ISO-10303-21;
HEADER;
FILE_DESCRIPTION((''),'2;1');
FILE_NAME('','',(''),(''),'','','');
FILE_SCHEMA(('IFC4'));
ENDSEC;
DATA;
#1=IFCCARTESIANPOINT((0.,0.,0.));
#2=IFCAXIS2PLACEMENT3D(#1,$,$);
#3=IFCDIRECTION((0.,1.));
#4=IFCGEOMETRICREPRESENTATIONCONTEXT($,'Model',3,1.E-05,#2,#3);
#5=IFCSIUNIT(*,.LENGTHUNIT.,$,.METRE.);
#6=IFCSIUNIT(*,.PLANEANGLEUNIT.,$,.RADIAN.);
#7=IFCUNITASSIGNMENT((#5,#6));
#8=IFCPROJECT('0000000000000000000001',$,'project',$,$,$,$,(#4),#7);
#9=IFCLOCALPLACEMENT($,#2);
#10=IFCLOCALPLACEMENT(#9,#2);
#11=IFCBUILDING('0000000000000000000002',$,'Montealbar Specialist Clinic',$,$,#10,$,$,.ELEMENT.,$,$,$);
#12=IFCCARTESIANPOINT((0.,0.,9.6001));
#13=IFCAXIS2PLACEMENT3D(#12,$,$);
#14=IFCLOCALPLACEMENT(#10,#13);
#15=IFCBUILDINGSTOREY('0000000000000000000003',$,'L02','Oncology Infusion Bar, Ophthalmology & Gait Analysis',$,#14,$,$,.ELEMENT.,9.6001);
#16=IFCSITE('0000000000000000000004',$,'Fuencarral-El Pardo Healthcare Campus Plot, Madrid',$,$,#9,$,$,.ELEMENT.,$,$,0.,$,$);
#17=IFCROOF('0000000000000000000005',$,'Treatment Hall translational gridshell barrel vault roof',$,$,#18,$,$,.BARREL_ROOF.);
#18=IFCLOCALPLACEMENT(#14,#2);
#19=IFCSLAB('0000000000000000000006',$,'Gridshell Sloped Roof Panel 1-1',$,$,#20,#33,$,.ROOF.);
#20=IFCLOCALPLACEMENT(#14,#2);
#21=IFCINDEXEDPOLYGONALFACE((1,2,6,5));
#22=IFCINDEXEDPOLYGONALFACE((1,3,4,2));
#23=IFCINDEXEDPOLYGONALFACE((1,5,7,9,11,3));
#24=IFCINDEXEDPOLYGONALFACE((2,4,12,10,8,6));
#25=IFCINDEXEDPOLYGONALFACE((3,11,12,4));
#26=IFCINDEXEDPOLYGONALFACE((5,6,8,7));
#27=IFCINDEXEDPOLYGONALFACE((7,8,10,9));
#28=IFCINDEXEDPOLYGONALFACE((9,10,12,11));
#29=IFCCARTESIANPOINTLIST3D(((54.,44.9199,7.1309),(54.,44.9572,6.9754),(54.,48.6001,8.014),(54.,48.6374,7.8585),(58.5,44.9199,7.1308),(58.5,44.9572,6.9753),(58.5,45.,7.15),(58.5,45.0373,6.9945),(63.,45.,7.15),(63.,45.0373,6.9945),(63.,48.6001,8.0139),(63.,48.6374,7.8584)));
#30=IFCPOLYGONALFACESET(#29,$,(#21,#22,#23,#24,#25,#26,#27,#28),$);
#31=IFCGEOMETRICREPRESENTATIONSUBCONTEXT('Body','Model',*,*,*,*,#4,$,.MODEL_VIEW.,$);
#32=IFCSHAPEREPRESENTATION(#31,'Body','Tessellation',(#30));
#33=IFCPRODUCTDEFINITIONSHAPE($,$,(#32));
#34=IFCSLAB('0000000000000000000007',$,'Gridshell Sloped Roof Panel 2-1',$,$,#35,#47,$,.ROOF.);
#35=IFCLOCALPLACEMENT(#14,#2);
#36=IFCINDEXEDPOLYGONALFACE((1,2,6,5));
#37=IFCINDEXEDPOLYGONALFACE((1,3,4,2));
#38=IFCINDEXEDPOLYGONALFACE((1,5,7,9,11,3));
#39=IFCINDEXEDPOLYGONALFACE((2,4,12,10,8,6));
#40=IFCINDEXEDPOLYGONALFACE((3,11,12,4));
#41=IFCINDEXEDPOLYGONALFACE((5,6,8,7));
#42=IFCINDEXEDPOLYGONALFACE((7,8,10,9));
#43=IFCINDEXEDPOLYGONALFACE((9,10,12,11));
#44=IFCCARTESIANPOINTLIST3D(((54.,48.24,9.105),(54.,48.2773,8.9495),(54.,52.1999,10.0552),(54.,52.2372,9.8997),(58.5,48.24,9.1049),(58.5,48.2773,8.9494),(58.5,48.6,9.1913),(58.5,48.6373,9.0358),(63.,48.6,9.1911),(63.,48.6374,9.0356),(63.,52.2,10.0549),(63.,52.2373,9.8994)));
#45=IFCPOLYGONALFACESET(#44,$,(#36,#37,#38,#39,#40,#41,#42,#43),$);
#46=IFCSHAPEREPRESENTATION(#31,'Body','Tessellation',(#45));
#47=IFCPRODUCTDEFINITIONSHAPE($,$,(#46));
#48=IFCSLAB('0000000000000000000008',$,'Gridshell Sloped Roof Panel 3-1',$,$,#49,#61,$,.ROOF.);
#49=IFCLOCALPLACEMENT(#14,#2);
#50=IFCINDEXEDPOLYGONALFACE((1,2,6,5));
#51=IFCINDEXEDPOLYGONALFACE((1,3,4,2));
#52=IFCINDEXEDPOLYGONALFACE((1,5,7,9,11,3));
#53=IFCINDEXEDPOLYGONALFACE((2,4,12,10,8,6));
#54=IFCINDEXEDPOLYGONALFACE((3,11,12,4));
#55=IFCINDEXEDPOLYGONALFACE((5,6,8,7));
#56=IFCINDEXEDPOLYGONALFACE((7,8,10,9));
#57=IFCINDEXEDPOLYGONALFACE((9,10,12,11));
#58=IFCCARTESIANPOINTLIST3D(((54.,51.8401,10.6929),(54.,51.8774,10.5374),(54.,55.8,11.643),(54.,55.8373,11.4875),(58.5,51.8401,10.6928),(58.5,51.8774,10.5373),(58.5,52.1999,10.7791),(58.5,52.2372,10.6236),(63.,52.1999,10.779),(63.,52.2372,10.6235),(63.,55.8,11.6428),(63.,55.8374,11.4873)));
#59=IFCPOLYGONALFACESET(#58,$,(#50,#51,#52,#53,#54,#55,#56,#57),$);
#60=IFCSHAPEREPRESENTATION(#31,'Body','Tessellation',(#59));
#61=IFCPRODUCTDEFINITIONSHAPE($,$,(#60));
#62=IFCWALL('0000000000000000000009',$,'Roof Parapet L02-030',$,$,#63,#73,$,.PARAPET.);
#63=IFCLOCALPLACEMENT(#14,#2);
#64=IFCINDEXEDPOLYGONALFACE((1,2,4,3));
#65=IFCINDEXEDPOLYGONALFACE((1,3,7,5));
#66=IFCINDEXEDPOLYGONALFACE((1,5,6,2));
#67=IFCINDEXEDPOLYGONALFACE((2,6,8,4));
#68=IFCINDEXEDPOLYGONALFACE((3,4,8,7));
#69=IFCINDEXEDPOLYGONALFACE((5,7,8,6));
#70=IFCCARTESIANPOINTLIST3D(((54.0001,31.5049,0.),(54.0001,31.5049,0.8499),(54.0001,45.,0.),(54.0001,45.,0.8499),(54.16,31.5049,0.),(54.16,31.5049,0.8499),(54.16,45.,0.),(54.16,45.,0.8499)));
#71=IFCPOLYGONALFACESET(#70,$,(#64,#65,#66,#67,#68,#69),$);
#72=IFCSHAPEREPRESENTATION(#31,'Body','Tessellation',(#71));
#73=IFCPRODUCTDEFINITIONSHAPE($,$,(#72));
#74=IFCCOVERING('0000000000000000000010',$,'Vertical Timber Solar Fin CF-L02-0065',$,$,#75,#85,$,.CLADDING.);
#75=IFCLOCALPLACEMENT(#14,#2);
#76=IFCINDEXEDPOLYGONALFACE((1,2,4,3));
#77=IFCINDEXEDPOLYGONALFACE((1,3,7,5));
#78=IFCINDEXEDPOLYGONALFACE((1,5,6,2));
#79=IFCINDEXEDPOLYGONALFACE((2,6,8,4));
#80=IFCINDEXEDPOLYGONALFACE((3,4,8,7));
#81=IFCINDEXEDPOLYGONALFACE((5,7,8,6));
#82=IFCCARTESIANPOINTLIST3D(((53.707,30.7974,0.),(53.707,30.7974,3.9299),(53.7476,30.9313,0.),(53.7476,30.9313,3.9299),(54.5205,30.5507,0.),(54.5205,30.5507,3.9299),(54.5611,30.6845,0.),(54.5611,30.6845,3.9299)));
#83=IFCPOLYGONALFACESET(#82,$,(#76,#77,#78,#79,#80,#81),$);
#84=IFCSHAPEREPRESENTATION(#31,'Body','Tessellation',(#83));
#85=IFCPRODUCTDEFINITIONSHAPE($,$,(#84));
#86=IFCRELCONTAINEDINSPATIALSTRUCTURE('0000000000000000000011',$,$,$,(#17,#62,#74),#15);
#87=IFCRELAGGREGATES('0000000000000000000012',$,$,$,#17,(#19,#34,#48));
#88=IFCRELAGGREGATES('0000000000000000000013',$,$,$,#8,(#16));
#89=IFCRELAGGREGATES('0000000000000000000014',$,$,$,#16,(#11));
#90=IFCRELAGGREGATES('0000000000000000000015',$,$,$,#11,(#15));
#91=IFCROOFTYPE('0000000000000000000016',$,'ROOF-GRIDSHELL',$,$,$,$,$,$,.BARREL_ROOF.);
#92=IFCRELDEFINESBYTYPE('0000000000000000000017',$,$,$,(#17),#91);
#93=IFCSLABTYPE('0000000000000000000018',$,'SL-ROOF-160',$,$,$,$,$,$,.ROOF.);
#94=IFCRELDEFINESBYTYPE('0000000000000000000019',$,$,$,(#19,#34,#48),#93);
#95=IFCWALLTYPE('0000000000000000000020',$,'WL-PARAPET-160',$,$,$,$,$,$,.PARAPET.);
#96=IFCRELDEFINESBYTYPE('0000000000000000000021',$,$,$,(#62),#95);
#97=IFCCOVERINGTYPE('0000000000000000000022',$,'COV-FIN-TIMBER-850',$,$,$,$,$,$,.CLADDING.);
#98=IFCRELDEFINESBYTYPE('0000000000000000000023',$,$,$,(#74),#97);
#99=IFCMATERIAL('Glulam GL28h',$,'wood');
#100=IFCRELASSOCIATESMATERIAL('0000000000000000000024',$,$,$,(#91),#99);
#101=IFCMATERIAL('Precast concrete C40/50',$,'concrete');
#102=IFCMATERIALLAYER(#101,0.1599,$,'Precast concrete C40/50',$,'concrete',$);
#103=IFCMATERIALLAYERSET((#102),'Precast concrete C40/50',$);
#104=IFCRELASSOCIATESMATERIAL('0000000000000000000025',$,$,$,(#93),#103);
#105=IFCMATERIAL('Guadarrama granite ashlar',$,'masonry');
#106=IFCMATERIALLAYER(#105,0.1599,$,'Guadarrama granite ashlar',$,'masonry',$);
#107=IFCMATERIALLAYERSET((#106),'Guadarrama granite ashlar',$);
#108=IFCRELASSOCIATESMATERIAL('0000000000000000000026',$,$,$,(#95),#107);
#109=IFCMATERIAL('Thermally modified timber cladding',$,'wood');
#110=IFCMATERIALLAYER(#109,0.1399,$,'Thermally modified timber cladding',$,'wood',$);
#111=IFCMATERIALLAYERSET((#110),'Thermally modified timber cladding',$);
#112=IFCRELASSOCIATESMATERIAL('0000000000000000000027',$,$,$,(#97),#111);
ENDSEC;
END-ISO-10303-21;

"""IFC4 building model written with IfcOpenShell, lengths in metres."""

from ifc_helpers import new_model, si_unit, direction, frame, frame_2d, origin, origin_2d, place, context, subcontext, project, spatial, polyline, rectangle, outline, extrude, material, layer, layer_set, type_object, element, aggregate, save


model = new_model("IFC4")

# Units and contexts
model_context = context("Model", 3, precision=1e-05, world=origin(), true_north=direction((0.0, 1.0)))
body_context = subcontext(model_context, "Body", "Model", "MODEL_VIEW")
ifc_project = project(units=[si_unit("LENGTHUNIT", "METRE"), si_unit("PLANEANGLEUNIT", "RADIAN")], contexts=[model_context])

# Site, building, storey
site_placement = place(None, origin())
site = spatial("IfcSite", under=ifc_project, at=site_placement, Name="Fuencarral-El Pardo Healthcare Campus Plot, Madrid", CompositionType="ELEMENT", RefElevation=0.0)
building_placement = place(site_placement, origin())
building = spatial("IfcBuilding", under=site, at=building_placement, Name="Montealbar Specialist Clinic", CompositionType="ELEMENT")
storey_placement = place(building_placement, frame((0.0, 0.0, 9.6001)))
storey = spatial("IfcBuildingStorey", under=building, at=storey_placement, Name="L02", Description="Oncology Infusion Bar, Ophthalmology & Gait Analysis", CompositionType="ELEMENT", Elevation=9.6001)

# Shared definitions
ifc_material_1 = material(Name="Glulam GL28h", Category="wood")

# Roof, slabs
roof_type = type_object("IfcRoofType", Name="ROOF-GRIDSHELL", PredefinedType="BARREL_ROOF", material=ifc_material_1)
roof_placement = place(storey_placement, origin())
roof = element("IfcRoof", 1, at=roof_placement, inside=storey, type_object=roof_type, Name="Treatment Hall translational gridshell barrel vault roof", PredefinedType="BARREL_ROOF")
ifc_material_2 = material(Name="Precast concrete C40/50", Category="concrete")
ifc_layer_1 = layer(ifc_material_2, 0.1599, Name="Precast concrete C40/50", Category="concrete")
ifc_layer_set_1 = layer_set([ifc_layer_1], Name="Precast concrete C40/50")
slab_type = type_object("IfcSlabType", Name="SL-ROOF-160", PredefinedType="ROOF", material=ifc_layer_set_1)
slab_1_placement = place(storey_placement, frame((54.0, 44.9199, 7.1309), z_axis=(0.000009, -0.233348, 0.972393), x_axis=(1.0, 0.000002, -0.000009)))
slab_1 = element("IfcSlab", 2, at=slab_1_placement, type_object=slab_type, Name="Gridshell Sloped Roof Panel 1-1", PredefinedType="ROOF", context=body_context, shape_type="SweptSolid", body=[
    extrude(outline(polyline([(0.0, 0.0), (4.5, 0.0), (4.5, 0.0823), (9.0, 0.0823), (9.0, 3.7846), (0.0, 3.7846), (0.0, 0.0)])), origin(), (0.0, 0.0, -1.0), 0.1599),
])
slab_2_placement = place(storey_placement, frame((54.0, 48.24, 9.105), z_axis=(0.000025, -0.233325, 0.972399), x_axis=(1.0, 0.000006, -0.000025)))
slab_2 = element("IfcSlab", 3, at=slab_2_placement, type_object=slab_type, Name="Gridshell Sloped Roof Panel 2-1", PredefinedType="ROOF", context=body_context, shape_type="SweptSolid", body=[
    extrude(outline(polyline([(0.0, 0.0), (4.5, 0.0), (4.5, 0.3702), (9.0, 0.3702), (9.0, 4.0723), (0.0, 4.0723), (0.0, 0.0)])), origin(), (0.0, 0.0, -1.0), 0.1599),
])
slab_3_placement = place(storey_placement, frame((54.0, 51.8401, 10.6929), z_axis=(0.000022, -0.233318, 0.9724), x_axis=(1.0, 0.000005, -0.000021)))
slab_3 = element("IfcSlab", 4, at=slab_3_placement, type_object=slab_type, Name="Gridshell Sloped Roof Panel 3-1", PredefinedType="ROOF", context=body_context, shape_type="SweptSolid", body=[
    extrude(outline(polyline([(0.0, 0.0), (4.5, 0.0), (4.5, 0.37), (9.0, 0.37), (9.0, 4.0723), (0.0, 4.0723), (0.0, 0.0)])), origin(), (0.0, 0.0, -1.0), 0.1599),
])
aggregate(roof, [slab_1, slab_2, slab_3])

# Wall
ifc_material_3 = material(Name="Guadarrama granite ashlar", Category="masonry")
ifc_layer_2 = layer(ifc_material_3, 0.1599, Name="Guadarrama granite ashlar", Category="masonry")
ifc_layer_set_2 = layer_set([ifc_layer_2], Name="Guadarrama granite ashlar")
wall_type = type_object("IfcWallType", Name="WL-PARAPET-160", PredefinedType="PARAPET", material=ifc_layer_set_2)
wall_placement = place(storey_placement, frame((54.0801, 31.5049, 0.0), z_axis=(0.0, 0.0, 1.0), x_axis=(0.0, 1.0, 0.0)))
element("IfcWall", 5, at=wall_placement, inside=storey, type_object=wall_type, Name="Roof Parapet L02-030", PredefinedType="PARAPET", context=body_context, shape_type="SweptSolid", body=[
    extrude(rectangle(XDim=13.4951, YDim=0.1599, at=frame_2d((6.7476, 0.0))), origin(), (0.0, 0.0, 1.0), 0.8499),
])

# Covering
ifc_material_4 = material(Name="Thermally modified timber cladding", Category="wood")
ifc_layer_3 = layer(ifc_material_4, 0.1399, Name="Thermally modified timber cladding", Category="wood")
ifc_layer_set_3 = layer_set([ifc_layer_3], Name="Thermally modified timber cladding")
covering_type = type_object("IfcCoveringType", Name="COV-FIN-TIMBER-850", PredefinedType="CLADDING", material=ifc_layer_set_3)
covering_placement = place(storey_placement, frame((54.134, 30.741, 0.0), z_axis=(0.0, 0.0, 1.0), x_axis=(-0.956948, 0.290259, 0.0)))
element("IfcCovering", 6, at=covering_placement, inside=storey, type_object=covering_type, Name="Vertical Timber Solar Fin CF-L02-0065", PredefinedType="CLADDING", context=body_context, shape_type="SweptSolid", body=[
    extrude(rectangle(XDim=0.8501, YDim=0.1399, at=origin_2d()), origin(), (0.0, 0.0, 1.0), 3.9299),
])

save(model, "model.ifc")
